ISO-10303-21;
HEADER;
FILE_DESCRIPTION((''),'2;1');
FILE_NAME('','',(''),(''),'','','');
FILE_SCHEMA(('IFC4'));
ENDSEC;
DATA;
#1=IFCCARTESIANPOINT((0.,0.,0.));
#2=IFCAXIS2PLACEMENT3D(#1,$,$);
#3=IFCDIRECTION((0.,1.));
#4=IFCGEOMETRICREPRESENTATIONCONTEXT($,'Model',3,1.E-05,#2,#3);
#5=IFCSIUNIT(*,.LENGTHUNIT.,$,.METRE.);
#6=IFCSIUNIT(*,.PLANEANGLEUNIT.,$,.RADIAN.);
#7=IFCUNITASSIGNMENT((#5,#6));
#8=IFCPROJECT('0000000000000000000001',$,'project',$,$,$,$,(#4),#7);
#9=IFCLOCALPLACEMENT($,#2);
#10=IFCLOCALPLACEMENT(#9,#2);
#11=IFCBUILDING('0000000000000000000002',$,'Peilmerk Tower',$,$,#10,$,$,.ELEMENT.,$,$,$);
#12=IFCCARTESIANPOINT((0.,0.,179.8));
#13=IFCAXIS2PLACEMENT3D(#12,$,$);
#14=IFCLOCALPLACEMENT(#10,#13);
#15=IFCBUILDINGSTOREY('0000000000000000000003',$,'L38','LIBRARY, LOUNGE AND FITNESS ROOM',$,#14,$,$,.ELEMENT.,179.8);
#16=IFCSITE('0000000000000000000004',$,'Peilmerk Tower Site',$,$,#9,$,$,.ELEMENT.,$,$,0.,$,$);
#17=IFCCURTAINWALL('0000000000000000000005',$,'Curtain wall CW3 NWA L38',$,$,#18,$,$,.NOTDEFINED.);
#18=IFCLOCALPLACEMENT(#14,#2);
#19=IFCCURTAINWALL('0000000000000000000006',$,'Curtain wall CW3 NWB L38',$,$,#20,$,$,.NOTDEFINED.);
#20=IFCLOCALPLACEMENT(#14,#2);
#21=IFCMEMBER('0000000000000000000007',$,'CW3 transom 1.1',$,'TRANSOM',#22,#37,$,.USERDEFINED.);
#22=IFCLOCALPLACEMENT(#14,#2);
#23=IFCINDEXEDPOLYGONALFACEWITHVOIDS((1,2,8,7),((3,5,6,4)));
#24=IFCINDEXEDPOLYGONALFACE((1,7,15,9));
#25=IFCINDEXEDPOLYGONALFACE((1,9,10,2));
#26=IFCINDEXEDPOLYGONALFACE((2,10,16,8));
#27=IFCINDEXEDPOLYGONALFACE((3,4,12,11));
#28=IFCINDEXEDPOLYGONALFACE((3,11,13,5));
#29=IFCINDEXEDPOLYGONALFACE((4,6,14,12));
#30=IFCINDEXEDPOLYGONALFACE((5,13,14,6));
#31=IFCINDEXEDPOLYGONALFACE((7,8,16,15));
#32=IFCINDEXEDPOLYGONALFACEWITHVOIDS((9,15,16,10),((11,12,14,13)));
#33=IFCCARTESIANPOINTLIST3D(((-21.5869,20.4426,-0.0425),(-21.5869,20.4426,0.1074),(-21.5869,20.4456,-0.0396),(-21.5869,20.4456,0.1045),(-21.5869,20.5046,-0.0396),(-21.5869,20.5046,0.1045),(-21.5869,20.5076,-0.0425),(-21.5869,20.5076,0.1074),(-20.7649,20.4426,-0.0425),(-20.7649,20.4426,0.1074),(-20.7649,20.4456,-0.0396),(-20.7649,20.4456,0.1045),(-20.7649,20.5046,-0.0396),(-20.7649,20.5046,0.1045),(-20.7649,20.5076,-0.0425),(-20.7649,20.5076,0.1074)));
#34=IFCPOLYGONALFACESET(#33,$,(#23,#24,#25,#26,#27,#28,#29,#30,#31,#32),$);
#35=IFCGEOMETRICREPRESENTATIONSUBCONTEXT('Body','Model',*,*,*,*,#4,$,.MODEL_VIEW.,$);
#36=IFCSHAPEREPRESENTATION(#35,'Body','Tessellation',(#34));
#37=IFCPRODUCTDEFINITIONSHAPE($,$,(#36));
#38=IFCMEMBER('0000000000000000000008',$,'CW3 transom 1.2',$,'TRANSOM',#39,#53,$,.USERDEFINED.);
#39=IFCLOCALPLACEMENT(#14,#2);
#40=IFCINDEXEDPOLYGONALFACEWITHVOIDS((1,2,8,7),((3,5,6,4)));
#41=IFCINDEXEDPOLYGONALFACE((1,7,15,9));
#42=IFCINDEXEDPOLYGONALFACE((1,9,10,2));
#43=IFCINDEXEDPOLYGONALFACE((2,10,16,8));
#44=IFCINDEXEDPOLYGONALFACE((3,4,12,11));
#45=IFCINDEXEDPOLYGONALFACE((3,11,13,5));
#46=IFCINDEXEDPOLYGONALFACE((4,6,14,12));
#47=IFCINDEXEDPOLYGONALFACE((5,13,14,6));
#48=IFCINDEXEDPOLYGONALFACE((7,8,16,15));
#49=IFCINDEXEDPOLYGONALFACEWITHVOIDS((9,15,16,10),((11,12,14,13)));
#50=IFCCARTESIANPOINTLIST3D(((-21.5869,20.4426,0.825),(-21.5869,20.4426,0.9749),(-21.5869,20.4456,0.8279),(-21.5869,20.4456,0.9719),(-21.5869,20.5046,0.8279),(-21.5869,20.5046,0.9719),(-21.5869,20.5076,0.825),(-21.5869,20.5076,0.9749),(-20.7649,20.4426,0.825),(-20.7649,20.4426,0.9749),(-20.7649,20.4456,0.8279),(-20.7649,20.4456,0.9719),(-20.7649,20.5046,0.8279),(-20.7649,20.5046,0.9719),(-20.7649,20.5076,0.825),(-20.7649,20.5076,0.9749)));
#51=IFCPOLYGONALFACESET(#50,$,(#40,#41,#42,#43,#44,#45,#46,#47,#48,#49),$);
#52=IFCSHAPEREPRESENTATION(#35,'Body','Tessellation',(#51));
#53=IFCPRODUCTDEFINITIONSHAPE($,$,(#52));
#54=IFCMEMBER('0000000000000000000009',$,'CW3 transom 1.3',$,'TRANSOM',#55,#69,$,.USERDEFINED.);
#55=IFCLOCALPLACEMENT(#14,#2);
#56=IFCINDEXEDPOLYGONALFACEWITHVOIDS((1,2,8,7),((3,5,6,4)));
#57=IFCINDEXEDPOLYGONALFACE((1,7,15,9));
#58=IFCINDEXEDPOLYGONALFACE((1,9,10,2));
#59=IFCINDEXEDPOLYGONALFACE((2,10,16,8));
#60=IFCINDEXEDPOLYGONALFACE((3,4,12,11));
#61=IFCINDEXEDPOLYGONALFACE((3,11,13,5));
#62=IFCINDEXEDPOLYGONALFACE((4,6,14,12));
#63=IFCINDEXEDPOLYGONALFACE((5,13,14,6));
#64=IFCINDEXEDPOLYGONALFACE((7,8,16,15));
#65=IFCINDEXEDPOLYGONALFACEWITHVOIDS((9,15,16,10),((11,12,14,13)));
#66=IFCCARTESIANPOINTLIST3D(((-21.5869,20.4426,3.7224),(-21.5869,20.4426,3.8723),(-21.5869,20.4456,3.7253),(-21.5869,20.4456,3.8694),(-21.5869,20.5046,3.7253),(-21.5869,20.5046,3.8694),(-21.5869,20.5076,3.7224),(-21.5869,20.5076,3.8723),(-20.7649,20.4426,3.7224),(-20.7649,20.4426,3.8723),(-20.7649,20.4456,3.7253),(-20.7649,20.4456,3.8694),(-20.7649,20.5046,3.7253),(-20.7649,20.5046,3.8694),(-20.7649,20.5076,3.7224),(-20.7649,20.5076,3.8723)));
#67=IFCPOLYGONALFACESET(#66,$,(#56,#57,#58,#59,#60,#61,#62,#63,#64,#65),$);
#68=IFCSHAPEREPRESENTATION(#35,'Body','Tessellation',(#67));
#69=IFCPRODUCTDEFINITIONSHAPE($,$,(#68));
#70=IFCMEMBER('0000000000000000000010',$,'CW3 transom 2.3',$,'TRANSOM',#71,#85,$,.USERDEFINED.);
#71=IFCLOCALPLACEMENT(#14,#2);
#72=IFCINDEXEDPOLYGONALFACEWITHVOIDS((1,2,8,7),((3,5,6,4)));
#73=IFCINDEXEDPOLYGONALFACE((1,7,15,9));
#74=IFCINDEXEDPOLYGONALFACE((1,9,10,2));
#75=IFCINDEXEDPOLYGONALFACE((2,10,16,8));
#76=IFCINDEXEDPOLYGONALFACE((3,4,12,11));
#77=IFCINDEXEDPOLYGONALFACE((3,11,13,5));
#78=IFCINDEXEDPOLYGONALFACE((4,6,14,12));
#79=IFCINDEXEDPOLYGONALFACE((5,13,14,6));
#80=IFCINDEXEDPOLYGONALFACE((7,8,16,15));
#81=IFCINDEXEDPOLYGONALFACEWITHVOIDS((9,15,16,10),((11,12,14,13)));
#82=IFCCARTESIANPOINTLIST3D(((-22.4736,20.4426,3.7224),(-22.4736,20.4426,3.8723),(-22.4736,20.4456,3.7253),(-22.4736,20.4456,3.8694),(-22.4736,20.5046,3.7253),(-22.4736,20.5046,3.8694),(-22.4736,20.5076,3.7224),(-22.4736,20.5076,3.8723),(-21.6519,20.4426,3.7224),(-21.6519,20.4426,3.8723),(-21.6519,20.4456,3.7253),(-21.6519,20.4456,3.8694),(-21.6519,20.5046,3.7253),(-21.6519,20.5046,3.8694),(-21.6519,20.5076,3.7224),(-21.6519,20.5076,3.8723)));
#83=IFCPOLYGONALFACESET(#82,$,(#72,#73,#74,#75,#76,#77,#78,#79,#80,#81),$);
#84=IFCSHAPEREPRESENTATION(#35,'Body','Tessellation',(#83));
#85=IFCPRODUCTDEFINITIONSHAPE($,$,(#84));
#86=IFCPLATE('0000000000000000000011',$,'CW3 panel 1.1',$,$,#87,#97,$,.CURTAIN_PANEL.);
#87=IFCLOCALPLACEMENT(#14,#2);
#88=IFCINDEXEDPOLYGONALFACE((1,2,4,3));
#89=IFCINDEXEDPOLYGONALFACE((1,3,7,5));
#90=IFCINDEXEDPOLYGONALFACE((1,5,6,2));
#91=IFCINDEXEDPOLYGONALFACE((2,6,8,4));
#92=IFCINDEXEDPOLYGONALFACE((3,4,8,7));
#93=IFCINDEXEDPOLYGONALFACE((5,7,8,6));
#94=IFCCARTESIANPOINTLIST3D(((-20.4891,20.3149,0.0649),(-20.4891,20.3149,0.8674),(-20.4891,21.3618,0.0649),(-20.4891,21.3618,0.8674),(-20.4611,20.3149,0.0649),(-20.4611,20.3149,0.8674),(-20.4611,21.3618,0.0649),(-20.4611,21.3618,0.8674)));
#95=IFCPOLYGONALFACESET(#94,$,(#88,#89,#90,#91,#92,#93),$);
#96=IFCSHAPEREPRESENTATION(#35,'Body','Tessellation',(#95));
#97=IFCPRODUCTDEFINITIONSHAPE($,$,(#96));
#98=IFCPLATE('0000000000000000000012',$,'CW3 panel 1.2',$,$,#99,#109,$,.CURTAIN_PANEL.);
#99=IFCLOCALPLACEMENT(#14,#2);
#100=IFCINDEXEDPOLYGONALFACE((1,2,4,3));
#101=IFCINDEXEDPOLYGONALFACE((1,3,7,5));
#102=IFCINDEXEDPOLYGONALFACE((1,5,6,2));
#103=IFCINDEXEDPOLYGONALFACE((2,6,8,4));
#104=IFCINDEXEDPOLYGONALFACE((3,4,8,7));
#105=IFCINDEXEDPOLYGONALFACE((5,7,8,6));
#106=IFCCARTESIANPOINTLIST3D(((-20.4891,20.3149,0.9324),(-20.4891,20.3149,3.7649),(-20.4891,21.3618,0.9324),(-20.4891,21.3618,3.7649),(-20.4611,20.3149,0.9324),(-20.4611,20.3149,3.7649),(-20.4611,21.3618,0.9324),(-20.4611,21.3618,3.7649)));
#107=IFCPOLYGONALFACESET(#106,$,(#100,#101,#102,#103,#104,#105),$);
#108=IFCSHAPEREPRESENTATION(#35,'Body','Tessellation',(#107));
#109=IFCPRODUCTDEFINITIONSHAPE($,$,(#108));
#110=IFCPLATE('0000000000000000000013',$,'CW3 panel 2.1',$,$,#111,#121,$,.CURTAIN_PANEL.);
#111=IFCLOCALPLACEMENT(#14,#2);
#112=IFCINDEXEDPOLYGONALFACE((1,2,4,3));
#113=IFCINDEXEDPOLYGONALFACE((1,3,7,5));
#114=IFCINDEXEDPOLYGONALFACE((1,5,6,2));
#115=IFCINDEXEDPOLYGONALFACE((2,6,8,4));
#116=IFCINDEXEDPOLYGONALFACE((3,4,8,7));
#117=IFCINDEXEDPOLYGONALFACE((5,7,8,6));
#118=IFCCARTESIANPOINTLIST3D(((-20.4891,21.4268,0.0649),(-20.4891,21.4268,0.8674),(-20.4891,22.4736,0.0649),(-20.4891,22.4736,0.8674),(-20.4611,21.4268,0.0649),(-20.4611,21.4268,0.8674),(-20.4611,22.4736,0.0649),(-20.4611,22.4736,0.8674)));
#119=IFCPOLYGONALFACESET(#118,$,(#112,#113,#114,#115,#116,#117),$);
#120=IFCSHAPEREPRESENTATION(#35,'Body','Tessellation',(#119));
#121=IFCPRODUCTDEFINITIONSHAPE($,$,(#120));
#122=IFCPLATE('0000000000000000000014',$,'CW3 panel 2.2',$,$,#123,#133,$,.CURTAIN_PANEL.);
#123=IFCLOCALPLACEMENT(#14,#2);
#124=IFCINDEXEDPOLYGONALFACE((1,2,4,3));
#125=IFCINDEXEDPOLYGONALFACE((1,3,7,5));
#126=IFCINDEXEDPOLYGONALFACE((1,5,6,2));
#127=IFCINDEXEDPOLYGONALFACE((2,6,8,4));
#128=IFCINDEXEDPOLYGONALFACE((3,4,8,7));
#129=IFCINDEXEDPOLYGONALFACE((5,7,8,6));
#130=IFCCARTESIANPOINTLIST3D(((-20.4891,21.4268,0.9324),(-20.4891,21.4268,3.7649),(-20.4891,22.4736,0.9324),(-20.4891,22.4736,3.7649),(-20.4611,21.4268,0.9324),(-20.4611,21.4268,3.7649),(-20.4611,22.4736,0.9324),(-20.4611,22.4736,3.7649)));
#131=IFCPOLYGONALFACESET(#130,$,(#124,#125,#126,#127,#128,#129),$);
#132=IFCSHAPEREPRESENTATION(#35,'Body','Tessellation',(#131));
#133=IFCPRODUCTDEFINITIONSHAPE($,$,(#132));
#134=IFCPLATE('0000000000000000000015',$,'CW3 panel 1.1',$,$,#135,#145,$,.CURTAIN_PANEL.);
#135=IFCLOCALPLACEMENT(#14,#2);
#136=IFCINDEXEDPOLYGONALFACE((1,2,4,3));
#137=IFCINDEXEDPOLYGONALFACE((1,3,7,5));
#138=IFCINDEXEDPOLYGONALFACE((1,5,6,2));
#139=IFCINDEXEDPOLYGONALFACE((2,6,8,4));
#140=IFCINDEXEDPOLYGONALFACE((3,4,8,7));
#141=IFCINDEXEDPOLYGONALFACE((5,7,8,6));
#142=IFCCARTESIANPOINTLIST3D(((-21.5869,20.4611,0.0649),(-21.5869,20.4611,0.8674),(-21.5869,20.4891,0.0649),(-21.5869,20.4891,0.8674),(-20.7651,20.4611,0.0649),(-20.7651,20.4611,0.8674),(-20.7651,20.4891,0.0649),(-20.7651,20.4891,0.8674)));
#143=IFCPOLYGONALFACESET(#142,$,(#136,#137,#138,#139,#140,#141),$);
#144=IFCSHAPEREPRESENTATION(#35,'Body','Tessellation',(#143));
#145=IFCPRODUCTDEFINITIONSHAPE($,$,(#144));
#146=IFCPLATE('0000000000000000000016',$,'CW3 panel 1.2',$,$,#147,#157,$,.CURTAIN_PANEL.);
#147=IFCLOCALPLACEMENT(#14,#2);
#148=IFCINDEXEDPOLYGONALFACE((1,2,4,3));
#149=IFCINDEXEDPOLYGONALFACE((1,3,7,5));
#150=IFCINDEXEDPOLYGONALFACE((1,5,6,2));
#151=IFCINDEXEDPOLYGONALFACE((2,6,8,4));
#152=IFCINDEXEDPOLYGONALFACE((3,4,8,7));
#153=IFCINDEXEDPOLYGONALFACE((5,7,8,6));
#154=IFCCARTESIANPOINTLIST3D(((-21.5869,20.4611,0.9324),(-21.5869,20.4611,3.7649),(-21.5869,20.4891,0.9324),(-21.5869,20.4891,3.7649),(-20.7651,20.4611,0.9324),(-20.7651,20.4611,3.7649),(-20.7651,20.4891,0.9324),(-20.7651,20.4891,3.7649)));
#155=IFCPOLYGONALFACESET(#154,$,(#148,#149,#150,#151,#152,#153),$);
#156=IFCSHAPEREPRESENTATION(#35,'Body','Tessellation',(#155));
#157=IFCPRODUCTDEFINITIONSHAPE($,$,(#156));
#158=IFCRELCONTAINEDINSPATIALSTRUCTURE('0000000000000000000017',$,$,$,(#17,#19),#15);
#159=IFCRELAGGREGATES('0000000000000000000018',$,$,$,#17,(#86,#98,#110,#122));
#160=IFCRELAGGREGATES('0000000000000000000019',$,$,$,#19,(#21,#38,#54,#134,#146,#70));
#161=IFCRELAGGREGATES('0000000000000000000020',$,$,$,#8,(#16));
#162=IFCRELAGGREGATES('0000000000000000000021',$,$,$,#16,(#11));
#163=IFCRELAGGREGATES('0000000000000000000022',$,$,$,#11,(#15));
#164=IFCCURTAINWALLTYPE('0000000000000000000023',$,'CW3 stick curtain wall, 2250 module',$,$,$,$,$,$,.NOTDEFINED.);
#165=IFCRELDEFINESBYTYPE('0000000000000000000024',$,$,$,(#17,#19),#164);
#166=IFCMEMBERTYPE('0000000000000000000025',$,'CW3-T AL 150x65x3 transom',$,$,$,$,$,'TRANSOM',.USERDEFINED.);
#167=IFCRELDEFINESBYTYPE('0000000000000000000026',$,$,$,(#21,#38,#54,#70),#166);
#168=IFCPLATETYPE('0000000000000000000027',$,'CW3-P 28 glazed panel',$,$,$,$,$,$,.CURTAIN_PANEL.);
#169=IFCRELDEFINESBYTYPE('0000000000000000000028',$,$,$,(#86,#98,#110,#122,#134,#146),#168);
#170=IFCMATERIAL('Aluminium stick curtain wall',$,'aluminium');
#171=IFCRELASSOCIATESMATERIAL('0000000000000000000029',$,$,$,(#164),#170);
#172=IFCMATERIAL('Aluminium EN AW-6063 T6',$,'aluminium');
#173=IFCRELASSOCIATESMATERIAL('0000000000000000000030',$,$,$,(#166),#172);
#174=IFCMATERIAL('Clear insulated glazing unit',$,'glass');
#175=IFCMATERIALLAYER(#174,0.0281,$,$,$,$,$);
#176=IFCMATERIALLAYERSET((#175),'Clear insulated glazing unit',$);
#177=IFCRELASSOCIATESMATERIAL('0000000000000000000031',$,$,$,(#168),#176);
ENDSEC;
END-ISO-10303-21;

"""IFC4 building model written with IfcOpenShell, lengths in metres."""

from ifc_helpers import new_model, si_unit, direction, frame, origin, origin_2d, place, context, subcontext, project, spatial, rectangle, hollow_rectangle, extrude, material, layer, layer_set, material_profile, profile_set, type_object, element, aggregate, save


model = new_model("IFC4")

# Units and contexts
model_context = context("Model", 3, precision=1e-05, world=origin(), true_north=direction((0.0, 1.0)))
body_context = subcontext(model_context, "Body", "Model", "MODEL_VIEW")
ifc_project = project(units=[si_unit("LENGTHUNIT", "METRE"), si_unit("PLANEANGLEUNIT", "RADIAN")], contexts=[model_context])

# Site, building, storey
site_placement = place(None, origin())
site = spatial("IfcSite", under=ifc_project, at=site_placement, Name="Peilmerk Tower Site", CompositionType="ELEMENT", RefElevation=0.0)
building_placement = place(site_placement, origin())
building = spatial("IfcBuilding", under=site, at=building_placement, Name="Peilmerk Tower", CompositionType="ELEMENT")
storey_placement = place(building_placement, frame((0.0, 0.0, 179.8)))
storey = spatial("IfcBuildingStorey", under=building, at=storey_placement, Name="L38", Description="LIBRARY, LOUNGE AND FITNESS ROOM", CompositionType="ELEMENT", Elevation=179.8)

# Curtain walls
ifc_material_1 = material(Name="Aluminium stick curtain wall", Category="aluminium")
curtain_wall_type = type_object("IfcCurtainWallType", Name="CW3 stick curtain wall, 2250 module", PredefinedType="NOTDEFINED", material=ifc_material_1)
curtain_wall_1_placement = place(storey_placement, origin())
curtain_wall_1 = element("IfcCurtainWall", 1, at=curtain_wall_1_placement, inside=storey, type_object=curtain_wall_type, Name="Curtain wall CW3 NWA L38", PredefinedType="NOTDEFINED")
ifc_material_2 = material(Name="Aluminium EN AW-6063 T6", Category="aluminium")
curtain_wall_2_placement = place(storey_placement, origin())
curtain_wall_2 = element("IfcCurtainWall", 2, at=curtain_wall_2_placement, inside=storey, type_object=curtain_wall_type, Name="Curtain wall CW3 NWB L38", PredefinedType="NOTDEFINED")

# Members
ifc_material_profile_1 = material_profile(ifc_material_2, hollow_rectangle(XDim=0.0649, YDim=0.1499, WallThickness=0.0029, at=origin_2d()), Name="AL 150x65x3")
ifc_profile_set_1 = profile_set([ifc_material_profile_1], Name="Aluminium EN AW-6063 T6")
member_type_1 = type_object("IfcMemberType", Name="CW3-T AL 150x65x3 transom", ElementType="TRANSOM", PredefinedType="USERDEFINED", material=ifc_profile_set_1)
member_1_placement = place(storey_placement, frame((-20.7649, 20.4751, 0.0325), z_axis=(-1.0, 0.0, 0.0), x_axis=(0.0, -1.0, 0.0)))
member_1 = element("IfcMember", 3, at=member_1_placement, type_object=member_type_1, Name="CW3 transom 1.1", ObjectType="TRANSOM", PredefinedType="USERDEFINED", context=body_context, shape_type="SweptSolid", body=[
    extrude(hollow_rectangle(XDim=0.0649, YDim=0.1499, WallThickness=0.0029, at=origin_2d()), origin(), (0.0, 0.0, 1.0), 0.822),
])
member_2_placement = place(storey_placement, frame((-20.7649, 20.4751, 0.8999), z_axis=(-1.0, 0.0, 0.0), x_axis=(0.0, -1.0, 0.0)))
member_2 = element("IfcMember", 4, at=member_2_placement, type_object=member_type_1, Name="CW3 transom 1.2", ObjectType="TRANSOM", PredefinedType="USERDEFINED", context=body_context, shape_type="SweptSolid", body=[
    extrude(hollow_rectangle(XDim=0.0649, YDim=0.1499, WallThickness=0.0029, at=origin_2d()), origin(), (0.0, 0.0, 1.0), 0.822),
])
member_3_placement = place(storey_placement, frame((-20.7649, 20.4751, 3.7974), z_axis=(-1.0, 0.0, 0.0), x_axis=(0.0, -1.0, 0.0)))
member_3 = element("IfcMember", 5, at=member_3_placement, type_object=member_type_1, Name="CW3 transom 1.3", ObjectType="TRANSOM", PredefinedType="USERDEFINED", context=body_context, shape_type="SweptSolid", body=[
    extrude(hollow_rectangle(XDim=0.0649, YDim=0.1499, WallThickness=0.0029, at=origin_2d()), origin(), (0.0, 0.0, 1.0), 0.822),
])
member_4_placement = place(storey_placement, frame((-21.6519, 20.4751, 3.7974), z_axis=(-1.0, 0.0, 0.0), x_axis=(0.0, -1.0, 0.0)))
member_4 = element("IfcMember", 6, at=member_4_placement, type_object=member_type_1, Name="CW3 transom 2.3", ObjectType="TRANSOM", PredefinedType="USERDEFINED", context=body_context, shape_type="SweptSolid", body=[
    extrude(hollow_rectangle(XDim=0.0649, YDim=0.1499, WallThickness=0.0029, at=origin_2d()), origin(), (0.0, 0.0, 1.0), 0.8218),
])

# Plates
ifc_material_3 = material(Name="Clear insulated glazing unit", Category="glass")
ifc_layer_1 = layer(ifc_material_3, 0.0281)
ifc_layer_set_1 = layer_set([ifc_layer_1], Name="Clear insulated glazing unit")
plate_type = type_object("IfcPlateType", Name="CW3-P 28 glazed panel", PredefinedType="CURTAIN_PANEL", material=ifc_layer_set_1)
plate_1_placement = place(storey_placement, frame((-20.4751, 20.8384, 0.0649), z_axis=(0.0, 0.0, 1.0), x_axis=(0.0, 1.0, 0.0)))
plate_1 = element("IfcPlate", 7, at=plate_1_placement, type_object=plate_type, Name="CW3 panel 1.1", PredefinedType="CURTAIN_PANEL", context=body_context, shape_type="SweptSolid", body=[
    extrude(rectangle(XDim=1.0469, YDim=0.0281, at=origin_2d()), origin(), (0.0, 0.0, 1.0), 0.8025),
])
plate_2_placement = place(storey_placement, frame((-20.4751, 20.8384, 0.9324), z_axis=(0.0, 0.0, 1.0), x_axis=(0.0, 1.0, 0.0)))
plate_2 = element("IfcPlate", 8, at=plate_2_placement, type_object=plate_type, Name="CW3 panel 1.2", PredefinedType="CURTAIN_PANEL", context=body_context, shape_type="SweptSolid", body=[
    extrude(rectangle(XDim=1.0469, YDim=0.0281, at=origin_2d()), origin(), (0.0, 0.0, 1.0), 2.8325),
])
plate_3_placement = place(storey_placement, frame((-20.4751, 21.9502, 0.0649), z_axis=(0.0, 0.0, 1.0), x_axis=(0.0, 1.0, 0.0)))
plate_3 = element("IfcPlate", 9, at=plate_3_placement, type_object=plate_type, Name="CW3 panel 2.1", PredefinedType="CURTAIN_PANEL", context=body_context, shape_type="SweptSolid", body=[
    extrude(rectangle(XDim=1.0469, YDim=0.0281, at=origin_2d()), origin(), (0.0, 0.0, 1.0), 0.8025),
])
plate_4_placement = place(storey_placement, frame((-20.4751, 21.9502, 0.9324), z_axis=(0.0, 0.0, 1.0), x_axis=(0.0, 1.0, 0.0)))
plate_4 = element("IfcPlate", 10, at=plate_4_placement, type_object=plate_type, Name="CW3 panel 2.2", PredefinedType="CURTAIN_PANEL", context=body_context, shape_type="SweptSolid", body=[
    extrude(rectangle(XDim=1.0469, YDim=0.0281, at=origin_2d()), origin(), (0.0, 0.0, 1.0), 2.8325),
])
aggregate(curtain_wall_1, [plate_1, plate_2, plate_3, plate_4])
plate_5_placement = place(storey_placement, frame((-21.176, 20.4751, 0.0649), z_axis=(0.0, 0.0, 1.0), x_axis=(-1.0, 0.0, 0.0)))
plate_5 = element("IfcPlate", 11, at=plate_5_placement, type_object=plate_type, Name="CW3 panel 1.1", PredefinedType="CURTAIN_PANEL", context=body_context, shape_type="SweptSolid", body=[
    extrude(rectangle(XDim=0.8218, YDim=0.0281, at=origin_2d()), origin(), (0.0, 0.0, 1.0), 0.8025),
])
plate_6_placement = place(storey_placement, frame((-21.176, 20.4751, 0.9324), z_axis=(0.0, 0.0, 1.0), x_axis=(-1.0, 0.0, 0.0)))
plate_6 = element("IfcPlate", 12, at=plate_6_placement, type_object=plate_type, Name="CW3 panel 1.2", PredefinedType="CURTAIN_PANEL", context=body_context, shape_type="SweptSolid", body=[
    extrude(rectangle(XDim=0.8218, YDim=0.0281, at=origin_2d()), origin(), (0.0, 0.0, 1.0), 2.8325),
])
aggregate(curtain_wall_2, [member_1, member_2, member_3, plate_5, plate_6, member_4])

save(model, "model.ifc")
